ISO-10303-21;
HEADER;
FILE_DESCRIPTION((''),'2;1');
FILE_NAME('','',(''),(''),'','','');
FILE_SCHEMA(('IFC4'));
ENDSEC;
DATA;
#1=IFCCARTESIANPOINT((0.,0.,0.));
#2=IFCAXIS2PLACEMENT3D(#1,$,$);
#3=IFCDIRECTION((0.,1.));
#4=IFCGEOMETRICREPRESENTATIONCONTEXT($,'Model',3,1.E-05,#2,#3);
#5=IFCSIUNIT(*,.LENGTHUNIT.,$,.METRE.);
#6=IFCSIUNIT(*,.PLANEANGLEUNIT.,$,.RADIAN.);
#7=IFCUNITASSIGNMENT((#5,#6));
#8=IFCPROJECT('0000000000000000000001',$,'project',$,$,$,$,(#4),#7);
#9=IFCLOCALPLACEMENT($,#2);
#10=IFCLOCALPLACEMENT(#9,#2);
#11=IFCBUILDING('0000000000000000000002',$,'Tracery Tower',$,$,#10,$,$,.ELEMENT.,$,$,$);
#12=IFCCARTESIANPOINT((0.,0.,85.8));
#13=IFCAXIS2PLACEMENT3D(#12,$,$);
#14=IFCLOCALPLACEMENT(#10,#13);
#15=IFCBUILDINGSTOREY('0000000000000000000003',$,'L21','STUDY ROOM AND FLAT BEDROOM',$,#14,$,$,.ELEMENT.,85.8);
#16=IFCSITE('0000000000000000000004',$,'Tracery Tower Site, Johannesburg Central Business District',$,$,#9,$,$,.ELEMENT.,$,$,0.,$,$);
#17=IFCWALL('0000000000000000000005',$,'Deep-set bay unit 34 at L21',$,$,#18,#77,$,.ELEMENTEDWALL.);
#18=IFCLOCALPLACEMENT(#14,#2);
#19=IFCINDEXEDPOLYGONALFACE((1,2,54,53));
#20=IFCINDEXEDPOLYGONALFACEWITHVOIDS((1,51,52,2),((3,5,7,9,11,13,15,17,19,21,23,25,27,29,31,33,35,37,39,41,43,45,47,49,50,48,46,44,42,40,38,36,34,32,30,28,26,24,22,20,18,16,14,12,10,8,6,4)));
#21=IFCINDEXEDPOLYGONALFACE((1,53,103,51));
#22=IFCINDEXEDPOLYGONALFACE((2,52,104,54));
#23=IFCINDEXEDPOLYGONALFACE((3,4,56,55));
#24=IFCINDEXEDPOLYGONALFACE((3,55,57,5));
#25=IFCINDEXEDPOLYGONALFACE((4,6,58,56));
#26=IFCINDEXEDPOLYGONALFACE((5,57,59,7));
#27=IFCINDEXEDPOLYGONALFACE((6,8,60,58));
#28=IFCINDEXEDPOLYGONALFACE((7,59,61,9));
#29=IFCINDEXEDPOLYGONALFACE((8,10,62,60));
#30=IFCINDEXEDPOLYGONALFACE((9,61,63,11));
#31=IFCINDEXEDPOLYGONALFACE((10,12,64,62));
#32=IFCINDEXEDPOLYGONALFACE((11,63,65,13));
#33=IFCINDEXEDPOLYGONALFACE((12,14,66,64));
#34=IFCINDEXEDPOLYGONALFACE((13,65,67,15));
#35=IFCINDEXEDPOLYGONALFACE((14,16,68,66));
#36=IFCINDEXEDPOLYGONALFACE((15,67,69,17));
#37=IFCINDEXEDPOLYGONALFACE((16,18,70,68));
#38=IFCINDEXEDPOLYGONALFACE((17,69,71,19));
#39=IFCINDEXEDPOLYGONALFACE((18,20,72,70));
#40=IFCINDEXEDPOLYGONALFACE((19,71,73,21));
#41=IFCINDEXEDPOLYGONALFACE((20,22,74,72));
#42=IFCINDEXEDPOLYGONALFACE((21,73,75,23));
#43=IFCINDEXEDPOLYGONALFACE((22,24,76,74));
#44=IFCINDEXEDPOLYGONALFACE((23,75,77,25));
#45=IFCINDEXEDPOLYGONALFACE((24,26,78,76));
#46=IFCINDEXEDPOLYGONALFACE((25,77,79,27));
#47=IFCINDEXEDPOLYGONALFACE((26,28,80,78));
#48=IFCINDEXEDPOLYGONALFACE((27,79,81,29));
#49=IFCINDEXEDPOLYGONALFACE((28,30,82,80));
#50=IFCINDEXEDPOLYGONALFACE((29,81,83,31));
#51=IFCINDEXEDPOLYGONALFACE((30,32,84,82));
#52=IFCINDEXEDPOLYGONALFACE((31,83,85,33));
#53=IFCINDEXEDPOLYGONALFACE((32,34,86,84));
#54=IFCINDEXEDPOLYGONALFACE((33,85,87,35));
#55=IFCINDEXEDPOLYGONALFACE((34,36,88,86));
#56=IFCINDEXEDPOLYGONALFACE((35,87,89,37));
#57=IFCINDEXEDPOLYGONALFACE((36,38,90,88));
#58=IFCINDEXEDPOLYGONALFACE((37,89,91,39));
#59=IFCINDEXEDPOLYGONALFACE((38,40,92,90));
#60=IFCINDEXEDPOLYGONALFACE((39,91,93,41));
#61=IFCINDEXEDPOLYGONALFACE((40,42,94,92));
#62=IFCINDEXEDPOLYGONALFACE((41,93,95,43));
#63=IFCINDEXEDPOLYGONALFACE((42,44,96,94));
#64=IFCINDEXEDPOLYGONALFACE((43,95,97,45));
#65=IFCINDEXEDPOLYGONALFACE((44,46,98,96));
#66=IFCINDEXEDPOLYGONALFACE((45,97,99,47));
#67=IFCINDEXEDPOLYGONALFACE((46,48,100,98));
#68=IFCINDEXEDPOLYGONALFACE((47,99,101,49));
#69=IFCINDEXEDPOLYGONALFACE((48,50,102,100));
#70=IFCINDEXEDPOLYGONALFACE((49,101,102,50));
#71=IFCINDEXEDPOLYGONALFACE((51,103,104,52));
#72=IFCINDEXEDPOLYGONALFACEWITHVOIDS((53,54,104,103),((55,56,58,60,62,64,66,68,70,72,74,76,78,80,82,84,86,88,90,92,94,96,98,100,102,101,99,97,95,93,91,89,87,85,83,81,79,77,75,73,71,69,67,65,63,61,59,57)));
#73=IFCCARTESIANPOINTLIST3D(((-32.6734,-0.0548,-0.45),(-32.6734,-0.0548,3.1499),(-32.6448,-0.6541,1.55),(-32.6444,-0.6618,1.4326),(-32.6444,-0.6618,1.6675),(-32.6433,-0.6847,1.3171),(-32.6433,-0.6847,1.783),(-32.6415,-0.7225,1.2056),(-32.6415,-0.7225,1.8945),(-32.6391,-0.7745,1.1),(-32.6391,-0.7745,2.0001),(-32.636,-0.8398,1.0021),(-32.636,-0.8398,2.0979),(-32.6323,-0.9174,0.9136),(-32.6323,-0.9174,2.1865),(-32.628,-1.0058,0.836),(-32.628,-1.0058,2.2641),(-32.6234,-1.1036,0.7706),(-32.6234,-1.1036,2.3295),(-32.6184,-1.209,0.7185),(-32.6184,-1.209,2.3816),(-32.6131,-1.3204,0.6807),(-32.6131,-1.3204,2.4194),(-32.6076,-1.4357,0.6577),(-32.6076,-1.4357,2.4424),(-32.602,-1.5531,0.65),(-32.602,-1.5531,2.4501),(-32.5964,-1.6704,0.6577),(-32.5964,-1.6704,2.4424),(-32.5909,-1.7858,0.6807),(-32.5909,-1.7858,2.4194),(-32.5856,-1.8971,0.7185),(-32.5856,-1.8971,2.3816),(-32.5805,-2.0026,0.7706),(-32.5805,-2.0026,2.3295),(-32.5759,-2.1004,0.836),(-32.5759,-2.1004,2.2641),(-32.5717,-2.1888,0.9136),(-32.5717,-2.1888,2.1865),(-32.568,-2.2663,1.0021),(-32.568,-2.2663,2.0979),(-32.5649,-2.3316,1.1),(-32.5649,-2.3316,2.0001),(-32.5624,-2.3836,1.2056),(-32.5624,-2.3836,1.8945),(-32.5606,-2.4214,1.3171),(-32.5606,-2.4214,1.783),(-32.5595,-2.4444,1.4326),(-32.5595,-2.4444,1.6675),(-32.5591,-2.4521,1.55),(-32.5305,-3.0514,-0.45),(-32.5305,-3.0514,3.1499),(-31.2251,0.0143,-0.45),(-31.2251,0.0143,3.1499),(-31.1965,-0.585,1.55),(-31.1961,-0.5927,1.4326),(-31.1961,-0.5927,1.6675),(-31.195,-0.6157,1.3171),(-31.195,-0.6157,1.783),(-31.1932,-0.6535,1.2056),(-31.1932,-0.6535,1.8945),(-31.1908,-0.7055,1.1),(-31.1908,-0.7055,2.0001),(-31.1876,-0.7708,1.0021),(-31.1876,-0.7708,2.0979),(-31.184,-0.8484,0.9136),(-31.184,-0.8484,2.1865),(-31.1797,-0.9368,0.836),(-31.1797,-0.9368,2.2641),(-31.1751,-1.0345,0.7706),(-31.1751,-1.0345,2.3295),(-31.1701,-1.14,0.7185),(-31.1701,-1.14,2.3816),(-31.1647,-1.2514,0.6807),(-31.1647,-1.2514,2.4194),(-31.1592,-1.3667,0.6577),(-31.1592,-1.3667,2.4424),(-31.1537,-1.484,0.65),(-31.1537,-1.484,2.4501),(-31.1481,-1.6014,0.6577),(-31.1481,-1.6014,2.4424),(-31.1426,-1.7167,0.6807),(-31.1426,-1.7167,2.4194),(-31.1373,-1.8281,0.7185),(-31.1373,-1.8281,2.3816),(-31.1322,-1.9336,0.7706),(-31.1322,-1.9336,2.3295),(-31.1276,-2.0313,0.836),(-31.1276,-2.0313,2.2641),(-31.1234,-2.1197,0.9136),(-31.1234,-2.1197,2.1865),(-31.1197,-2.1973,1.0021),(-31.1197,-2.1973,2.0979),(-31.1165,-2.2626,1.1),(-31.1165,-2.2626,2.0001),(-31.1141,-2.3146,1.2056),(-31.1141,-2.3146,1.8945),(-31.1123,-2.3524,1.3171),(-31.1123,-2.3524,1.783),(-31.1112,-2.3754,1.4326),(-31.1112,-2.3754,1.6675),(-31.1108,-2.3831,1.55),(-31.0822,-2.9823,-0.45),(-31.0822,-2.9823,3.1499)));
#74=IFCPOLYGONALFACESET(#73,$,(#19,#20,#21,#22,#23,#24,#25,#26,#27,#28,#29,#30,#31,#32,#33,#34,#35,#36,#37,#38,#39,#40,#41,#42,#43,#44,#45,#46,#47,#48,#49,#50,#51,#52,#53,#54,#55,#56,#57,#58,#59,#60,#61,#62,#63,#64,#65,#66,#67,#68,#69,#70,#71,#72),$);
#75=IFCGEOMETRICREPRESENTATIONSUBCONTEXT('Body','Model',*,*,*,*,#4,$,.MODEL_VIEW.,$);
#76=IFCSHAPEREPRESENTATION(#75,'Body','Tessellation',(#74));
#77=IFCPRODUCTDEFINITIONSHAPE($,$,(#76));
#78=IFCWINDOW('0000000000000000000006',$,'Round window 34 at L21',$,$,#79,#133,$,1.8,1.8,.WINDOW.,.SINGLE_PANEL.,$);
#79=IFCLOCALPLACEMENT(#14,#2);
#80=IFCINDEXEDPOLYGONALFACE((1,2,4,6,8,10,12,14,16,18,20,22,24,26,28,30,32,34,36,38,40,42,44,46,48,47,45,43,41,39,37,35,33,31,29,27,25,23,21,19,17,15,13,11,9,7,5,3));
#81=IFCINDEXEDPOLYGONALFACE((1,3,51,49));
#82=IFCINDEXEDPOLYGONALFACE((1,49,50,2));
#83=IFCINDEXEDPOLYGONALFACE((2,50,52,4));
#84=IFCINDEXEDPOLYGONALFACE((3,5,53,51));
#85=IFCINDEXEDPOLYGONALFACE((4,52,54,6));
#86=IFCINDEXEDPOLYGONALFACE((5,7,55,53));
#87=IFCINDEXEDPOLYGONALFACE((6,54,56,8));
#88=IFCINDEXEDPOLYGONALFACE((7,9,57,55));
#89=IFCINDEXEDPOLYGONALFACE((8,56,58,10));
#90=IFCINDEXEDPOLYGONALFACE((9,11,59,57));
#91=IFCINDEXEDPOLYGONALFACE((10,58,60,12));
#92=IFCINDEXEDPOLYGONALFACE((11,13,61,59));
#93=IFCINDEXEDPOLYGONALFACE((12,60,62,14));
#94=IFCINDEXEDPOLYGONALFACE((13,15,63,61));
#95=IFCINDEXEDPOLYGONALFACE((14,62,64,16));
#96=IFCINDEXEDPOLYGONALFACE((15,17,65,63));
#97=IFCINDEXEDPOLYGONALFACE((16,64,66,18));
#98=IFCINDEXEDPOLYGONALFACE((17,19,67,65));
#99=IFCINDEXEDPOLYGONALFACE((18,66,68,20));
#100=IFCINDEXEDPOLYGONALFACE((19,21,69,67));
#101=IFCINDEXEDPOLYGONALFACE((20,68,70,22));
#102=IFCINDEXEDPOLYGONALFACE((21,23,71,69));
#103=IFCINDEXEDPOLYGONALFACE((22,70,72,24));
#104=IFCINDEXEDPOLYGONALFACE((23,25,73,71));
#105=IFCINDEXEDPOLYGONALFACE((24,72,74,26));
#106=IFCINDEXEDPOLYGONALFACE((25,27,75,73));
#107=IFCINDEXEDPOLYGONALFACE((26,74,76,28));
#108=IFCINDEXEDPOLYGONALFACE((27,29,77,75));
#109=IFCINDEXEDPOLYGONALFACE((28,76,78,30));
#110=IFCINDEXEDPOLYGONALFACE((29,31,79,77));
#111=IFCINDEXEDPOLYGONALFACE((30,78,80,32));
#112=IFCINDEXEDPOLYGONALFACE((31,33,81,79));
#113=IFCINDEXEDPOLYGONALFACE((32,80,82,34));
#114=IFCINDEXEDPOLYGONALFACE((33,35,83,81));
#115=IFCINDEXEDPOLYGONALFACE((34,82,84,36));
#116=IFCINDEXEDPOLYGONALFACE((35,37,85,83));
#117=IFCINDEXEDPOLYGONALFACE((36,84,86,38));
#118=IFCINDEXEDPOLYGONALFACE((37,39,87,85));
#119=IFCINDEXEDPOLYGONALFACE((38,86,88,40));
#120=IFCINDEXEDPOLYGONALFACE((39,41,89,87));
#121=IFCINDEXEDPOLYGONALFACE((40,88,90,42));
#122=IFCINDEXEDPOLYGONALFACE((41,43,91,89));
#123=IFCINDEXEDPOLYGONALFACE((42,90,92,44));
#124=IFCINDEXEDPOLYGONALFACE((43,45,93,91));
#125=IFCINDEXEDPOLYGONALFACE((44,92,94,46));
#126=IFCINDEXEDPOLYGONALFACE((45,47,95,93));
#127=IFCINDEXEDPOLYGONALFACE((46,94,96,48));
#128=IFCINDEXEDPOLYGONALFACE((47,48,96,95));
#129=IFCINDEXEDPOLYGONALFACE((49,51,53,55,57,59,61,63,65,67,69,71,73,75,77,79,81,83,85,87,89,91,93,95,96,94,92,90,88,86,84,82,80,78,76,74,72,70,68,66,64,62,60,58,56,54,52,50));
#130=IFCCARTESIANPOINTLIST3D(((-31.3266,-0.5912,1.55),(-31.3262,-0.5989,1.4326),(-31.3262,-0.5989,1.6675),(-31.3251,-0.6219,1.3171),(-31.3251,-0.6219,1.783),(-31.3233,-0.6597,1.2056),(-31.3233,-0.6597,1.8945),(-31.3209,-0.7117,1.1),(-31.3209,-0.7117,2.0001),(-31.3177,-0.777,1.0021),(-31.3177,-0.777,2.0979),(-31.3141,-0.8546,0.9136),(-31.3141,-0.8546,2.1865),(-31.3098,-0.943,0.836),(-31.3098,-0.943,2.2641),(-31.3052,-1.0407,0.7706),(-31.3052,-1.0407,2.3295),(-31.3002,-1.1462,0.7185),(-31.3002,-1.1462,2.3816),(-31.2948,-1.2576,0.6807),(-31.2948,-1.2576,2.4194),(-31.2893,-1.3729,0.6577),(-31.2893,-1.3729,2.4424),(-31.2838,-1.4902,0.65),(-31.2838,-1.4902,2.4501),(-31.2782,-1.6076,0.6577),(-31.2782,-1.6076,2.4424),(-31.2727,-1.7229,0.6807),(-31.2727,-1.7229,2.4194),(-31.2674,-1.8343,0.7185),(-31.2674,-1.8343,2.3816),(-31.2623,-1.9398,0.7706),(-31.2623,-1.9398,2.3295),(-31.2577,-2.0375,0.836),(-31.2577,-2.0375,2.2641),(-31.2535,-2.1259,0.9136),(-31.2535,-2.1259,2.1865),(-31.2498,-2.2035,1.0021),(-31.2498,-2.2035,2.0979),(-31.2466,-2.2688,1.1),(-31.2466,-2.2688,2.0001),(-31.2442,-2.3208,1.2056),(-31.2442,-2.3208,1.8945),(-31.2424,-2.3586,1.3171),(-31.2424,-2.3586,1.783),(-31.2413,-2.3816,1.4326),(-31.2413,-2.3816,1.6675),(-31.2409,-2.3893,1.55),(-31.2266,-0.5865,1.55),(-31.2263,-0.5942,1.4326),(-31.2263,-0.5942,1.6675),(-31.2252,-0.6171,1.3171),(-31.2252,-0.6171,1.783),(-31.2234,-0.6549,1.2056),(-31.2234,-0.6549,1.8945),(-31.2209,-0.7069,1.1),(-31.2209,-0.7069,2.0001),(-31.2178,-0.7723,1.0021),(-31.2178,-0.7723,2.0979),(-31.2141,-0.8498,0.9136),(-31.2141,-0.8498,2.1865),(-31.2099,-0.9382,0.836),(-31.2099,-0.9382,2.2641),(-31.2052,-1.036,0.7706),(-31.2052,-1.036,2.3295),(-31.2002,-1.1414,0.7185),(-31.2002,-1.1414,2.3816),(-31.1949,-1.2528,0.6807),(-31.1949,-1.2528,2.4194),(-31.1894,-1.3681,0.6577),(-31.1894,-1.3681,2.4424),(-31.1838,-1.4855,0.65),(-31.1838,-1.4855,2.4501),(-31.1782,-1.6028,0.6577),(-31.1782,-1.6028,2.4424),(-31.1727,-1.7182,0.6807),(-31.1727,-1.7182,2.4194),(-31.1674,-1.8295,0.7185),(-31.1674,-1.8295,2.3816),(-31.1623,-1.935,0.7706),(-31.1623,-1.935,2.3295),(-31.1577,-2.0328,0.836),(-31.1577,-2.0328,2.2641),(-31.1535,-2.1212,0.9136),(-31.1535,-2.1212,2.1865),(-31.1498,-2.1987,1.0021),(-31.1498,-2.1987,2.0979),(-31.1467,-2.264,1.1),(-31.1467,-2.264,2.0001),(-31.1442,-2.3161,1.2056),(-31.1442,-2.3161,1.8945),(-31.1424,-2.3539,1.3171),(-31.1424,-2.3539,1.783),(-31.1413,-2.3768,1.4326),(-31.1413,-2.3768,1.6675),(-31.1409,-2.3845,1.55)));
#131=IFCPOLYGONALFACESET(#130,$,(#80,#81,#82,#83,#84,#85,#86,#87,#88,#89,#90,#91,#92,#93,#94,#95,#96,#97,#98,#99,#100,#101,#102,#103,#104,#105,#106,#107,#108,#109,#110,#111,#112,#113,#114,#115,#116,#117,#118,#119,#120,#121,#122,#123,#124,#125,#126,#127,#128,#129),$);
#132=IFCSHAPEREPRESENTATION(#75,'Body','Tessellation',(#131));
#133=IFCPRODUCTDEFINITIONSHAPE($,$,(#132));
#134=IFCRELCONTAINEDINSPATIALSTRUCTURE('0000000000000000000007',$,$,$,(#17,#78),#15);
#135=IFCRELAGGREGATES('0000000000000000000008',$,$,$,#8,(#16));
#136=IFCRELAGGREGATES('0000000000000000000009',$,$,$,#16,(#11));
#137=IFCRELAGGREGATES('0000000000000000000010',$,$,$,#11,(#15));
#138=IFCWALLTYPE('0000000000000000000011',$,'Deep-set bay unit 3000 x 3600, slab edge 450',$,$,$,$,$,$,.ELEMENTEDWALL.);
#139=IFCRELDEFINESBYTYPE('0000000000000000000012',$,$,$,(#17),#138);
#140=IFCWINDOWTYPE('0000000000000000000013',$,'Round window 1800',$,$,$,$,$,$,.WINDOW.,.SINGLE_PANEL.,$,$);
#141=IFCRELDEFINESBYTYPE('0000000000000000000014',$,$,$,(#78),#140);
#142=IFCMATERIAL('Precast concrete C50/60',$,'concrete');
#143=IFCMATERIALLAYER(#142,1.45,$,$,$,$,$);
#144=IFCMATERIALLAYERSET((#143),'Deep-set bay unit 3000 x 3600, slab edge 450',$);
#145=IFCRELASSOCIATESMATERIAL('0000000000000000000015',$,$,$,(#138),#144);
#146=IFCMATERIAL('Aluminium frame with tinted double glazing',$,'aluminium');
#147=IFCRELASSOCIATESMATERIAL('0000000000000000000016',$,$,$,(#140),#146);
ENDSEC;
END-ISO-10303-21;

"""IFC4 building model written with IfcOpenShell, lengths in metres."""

from ifc_helpers import new_model, si_unit, direction, frame, frame_2d, origin, origin_2d, place, context, subcontext, project, spatial, rectangle, circle, extrude, material, layer, layer_set, type_object, element, fill, save


model = new_model("IFC4")

# Units and contexts
model_context = context("Model", 3, precision=1e-05, world=origin(), true_north=direction((0.0, 1.0)))
body_context = subcontext(model_context, "Body", "Model", "MODEL_VIEW")
ifc_project = project(units=[si_unit("LENGTHUNIT", "METRE"), si_unit("PLANEANGLEUNIT", "RADIAN")], contexts=[model_context])

# Site, building, storey
site_placement = place(None, origin())
site = spatial("IfcSite", under=ifc_project, at=site_placement, Name="Tracery Tower Site, Johannesburg Central Business District", CompositionType="ELEMENT", RefElevation=0.0)
building_placement = place(site_placement, origin())
building = spatial("IfcBuilding", under=site, at=building_placement, Name="Tracery Tower", CompositionType="ELEMENT")
storey_placement = place(building_placement, frame((0.0, 0.0, 85.8)))
storey = spatial("IfcBuildingStorey", under=building, at=storey_placement, Name="L21", Description="STUDY ROOM AND FLAT BEDROOM", CompositionType="ELEMENT", Elevation=85.8)

# Wall, opening, window
ifc_material_1 = material(Name="Precast concrete C50/60", Category="concrete")
ifc_layer_1 = layer(ifc_material_1, 1.45)
ifc_layer_set_1 = layer_set([ifc_layer_1], Name="Deep-set bay unit 3000 x 3600, slab edge 450")
wall_type_1 = type_object("IfcWallType", Name="Deep-set bay unit 3000 x 3600, slab edge 450", PredefinedType="ELEMENTEDWALL", material=ifc_layer_set_1)
wall_1_placement = place(storey_placement, frame((-31.9492, -0.0203, -0.45), z_axis=(0.0, 0.0, 1.0), x_axis=(0.047608, -0.998866, 0.0)))
wall_1 = element("IfcWall", 1, at=wall_1_placement, inside=storey, type_object=wall_type_1, Name="Deep-set bay unit 34 at L21", PredefinedType="ELEMENTEDWALL", context=body_context, shape_type="SweptSolid", body=[
    extrude(rectangle(XDim=3.0, YDim=1.45, at=frame_2d((1.5, 0.0))), origin(), (0.0, 0.0, 1.0), 3.5999),
])
opening_1_placement = place(wall_1_placement, frame((1.5, 0.0, 2.0)))
opening_1 = element("IfcOpeningElement", 2, at=opening_1_placement, cuts=wall_1, PredefinedType="OPENING", context=body_context, shape_type="SweptSolid", body=[
    extrude(circle(Radius=0.9, at=origin_2d()), frame((0.0, 0.7349, 0.0), z_axis=(0.0, -1.0, 0.0), x_axis=(1.0, 0.0, 0.0)), (0.0, 0.0, 1.0), 1.47),
])
ifc_material_2 = material(Name="Aluminium frame with tinted double glazing", Category="aluminium")
window_type = type_object("IfcWindowType", Name="Round window 1800", PartitioningType="SINGLE_PANEL", PredefinedType="WINDOW", material=ifc_material_2)
window_1_placement = place(opening_1_placement, origin())
window_1 = element("IfcWindow", 3, at=window_1_placement, inside=storey, type_object=window_type, Name="Round window 34 at L21", OverallHeight=1.8, OverallWidth=1.8, PartitioningType="SINGLE_PANEL", PredefinedType="WINDOW", context=body_context, shape_type="SweptSolid", body=[
    extrude(circle(Radius=0.9, at=origin_2d()), frame((0.0, 0.6948, 0.0), z_axis=(0.0, -1.0, 0.0), x_axis=(1.0, 0.0, 0.0)), (0.0, 0.0, 1.0), 0.1001),
])
fill(opening_1, window_1)

save(model, "model.ifc")
